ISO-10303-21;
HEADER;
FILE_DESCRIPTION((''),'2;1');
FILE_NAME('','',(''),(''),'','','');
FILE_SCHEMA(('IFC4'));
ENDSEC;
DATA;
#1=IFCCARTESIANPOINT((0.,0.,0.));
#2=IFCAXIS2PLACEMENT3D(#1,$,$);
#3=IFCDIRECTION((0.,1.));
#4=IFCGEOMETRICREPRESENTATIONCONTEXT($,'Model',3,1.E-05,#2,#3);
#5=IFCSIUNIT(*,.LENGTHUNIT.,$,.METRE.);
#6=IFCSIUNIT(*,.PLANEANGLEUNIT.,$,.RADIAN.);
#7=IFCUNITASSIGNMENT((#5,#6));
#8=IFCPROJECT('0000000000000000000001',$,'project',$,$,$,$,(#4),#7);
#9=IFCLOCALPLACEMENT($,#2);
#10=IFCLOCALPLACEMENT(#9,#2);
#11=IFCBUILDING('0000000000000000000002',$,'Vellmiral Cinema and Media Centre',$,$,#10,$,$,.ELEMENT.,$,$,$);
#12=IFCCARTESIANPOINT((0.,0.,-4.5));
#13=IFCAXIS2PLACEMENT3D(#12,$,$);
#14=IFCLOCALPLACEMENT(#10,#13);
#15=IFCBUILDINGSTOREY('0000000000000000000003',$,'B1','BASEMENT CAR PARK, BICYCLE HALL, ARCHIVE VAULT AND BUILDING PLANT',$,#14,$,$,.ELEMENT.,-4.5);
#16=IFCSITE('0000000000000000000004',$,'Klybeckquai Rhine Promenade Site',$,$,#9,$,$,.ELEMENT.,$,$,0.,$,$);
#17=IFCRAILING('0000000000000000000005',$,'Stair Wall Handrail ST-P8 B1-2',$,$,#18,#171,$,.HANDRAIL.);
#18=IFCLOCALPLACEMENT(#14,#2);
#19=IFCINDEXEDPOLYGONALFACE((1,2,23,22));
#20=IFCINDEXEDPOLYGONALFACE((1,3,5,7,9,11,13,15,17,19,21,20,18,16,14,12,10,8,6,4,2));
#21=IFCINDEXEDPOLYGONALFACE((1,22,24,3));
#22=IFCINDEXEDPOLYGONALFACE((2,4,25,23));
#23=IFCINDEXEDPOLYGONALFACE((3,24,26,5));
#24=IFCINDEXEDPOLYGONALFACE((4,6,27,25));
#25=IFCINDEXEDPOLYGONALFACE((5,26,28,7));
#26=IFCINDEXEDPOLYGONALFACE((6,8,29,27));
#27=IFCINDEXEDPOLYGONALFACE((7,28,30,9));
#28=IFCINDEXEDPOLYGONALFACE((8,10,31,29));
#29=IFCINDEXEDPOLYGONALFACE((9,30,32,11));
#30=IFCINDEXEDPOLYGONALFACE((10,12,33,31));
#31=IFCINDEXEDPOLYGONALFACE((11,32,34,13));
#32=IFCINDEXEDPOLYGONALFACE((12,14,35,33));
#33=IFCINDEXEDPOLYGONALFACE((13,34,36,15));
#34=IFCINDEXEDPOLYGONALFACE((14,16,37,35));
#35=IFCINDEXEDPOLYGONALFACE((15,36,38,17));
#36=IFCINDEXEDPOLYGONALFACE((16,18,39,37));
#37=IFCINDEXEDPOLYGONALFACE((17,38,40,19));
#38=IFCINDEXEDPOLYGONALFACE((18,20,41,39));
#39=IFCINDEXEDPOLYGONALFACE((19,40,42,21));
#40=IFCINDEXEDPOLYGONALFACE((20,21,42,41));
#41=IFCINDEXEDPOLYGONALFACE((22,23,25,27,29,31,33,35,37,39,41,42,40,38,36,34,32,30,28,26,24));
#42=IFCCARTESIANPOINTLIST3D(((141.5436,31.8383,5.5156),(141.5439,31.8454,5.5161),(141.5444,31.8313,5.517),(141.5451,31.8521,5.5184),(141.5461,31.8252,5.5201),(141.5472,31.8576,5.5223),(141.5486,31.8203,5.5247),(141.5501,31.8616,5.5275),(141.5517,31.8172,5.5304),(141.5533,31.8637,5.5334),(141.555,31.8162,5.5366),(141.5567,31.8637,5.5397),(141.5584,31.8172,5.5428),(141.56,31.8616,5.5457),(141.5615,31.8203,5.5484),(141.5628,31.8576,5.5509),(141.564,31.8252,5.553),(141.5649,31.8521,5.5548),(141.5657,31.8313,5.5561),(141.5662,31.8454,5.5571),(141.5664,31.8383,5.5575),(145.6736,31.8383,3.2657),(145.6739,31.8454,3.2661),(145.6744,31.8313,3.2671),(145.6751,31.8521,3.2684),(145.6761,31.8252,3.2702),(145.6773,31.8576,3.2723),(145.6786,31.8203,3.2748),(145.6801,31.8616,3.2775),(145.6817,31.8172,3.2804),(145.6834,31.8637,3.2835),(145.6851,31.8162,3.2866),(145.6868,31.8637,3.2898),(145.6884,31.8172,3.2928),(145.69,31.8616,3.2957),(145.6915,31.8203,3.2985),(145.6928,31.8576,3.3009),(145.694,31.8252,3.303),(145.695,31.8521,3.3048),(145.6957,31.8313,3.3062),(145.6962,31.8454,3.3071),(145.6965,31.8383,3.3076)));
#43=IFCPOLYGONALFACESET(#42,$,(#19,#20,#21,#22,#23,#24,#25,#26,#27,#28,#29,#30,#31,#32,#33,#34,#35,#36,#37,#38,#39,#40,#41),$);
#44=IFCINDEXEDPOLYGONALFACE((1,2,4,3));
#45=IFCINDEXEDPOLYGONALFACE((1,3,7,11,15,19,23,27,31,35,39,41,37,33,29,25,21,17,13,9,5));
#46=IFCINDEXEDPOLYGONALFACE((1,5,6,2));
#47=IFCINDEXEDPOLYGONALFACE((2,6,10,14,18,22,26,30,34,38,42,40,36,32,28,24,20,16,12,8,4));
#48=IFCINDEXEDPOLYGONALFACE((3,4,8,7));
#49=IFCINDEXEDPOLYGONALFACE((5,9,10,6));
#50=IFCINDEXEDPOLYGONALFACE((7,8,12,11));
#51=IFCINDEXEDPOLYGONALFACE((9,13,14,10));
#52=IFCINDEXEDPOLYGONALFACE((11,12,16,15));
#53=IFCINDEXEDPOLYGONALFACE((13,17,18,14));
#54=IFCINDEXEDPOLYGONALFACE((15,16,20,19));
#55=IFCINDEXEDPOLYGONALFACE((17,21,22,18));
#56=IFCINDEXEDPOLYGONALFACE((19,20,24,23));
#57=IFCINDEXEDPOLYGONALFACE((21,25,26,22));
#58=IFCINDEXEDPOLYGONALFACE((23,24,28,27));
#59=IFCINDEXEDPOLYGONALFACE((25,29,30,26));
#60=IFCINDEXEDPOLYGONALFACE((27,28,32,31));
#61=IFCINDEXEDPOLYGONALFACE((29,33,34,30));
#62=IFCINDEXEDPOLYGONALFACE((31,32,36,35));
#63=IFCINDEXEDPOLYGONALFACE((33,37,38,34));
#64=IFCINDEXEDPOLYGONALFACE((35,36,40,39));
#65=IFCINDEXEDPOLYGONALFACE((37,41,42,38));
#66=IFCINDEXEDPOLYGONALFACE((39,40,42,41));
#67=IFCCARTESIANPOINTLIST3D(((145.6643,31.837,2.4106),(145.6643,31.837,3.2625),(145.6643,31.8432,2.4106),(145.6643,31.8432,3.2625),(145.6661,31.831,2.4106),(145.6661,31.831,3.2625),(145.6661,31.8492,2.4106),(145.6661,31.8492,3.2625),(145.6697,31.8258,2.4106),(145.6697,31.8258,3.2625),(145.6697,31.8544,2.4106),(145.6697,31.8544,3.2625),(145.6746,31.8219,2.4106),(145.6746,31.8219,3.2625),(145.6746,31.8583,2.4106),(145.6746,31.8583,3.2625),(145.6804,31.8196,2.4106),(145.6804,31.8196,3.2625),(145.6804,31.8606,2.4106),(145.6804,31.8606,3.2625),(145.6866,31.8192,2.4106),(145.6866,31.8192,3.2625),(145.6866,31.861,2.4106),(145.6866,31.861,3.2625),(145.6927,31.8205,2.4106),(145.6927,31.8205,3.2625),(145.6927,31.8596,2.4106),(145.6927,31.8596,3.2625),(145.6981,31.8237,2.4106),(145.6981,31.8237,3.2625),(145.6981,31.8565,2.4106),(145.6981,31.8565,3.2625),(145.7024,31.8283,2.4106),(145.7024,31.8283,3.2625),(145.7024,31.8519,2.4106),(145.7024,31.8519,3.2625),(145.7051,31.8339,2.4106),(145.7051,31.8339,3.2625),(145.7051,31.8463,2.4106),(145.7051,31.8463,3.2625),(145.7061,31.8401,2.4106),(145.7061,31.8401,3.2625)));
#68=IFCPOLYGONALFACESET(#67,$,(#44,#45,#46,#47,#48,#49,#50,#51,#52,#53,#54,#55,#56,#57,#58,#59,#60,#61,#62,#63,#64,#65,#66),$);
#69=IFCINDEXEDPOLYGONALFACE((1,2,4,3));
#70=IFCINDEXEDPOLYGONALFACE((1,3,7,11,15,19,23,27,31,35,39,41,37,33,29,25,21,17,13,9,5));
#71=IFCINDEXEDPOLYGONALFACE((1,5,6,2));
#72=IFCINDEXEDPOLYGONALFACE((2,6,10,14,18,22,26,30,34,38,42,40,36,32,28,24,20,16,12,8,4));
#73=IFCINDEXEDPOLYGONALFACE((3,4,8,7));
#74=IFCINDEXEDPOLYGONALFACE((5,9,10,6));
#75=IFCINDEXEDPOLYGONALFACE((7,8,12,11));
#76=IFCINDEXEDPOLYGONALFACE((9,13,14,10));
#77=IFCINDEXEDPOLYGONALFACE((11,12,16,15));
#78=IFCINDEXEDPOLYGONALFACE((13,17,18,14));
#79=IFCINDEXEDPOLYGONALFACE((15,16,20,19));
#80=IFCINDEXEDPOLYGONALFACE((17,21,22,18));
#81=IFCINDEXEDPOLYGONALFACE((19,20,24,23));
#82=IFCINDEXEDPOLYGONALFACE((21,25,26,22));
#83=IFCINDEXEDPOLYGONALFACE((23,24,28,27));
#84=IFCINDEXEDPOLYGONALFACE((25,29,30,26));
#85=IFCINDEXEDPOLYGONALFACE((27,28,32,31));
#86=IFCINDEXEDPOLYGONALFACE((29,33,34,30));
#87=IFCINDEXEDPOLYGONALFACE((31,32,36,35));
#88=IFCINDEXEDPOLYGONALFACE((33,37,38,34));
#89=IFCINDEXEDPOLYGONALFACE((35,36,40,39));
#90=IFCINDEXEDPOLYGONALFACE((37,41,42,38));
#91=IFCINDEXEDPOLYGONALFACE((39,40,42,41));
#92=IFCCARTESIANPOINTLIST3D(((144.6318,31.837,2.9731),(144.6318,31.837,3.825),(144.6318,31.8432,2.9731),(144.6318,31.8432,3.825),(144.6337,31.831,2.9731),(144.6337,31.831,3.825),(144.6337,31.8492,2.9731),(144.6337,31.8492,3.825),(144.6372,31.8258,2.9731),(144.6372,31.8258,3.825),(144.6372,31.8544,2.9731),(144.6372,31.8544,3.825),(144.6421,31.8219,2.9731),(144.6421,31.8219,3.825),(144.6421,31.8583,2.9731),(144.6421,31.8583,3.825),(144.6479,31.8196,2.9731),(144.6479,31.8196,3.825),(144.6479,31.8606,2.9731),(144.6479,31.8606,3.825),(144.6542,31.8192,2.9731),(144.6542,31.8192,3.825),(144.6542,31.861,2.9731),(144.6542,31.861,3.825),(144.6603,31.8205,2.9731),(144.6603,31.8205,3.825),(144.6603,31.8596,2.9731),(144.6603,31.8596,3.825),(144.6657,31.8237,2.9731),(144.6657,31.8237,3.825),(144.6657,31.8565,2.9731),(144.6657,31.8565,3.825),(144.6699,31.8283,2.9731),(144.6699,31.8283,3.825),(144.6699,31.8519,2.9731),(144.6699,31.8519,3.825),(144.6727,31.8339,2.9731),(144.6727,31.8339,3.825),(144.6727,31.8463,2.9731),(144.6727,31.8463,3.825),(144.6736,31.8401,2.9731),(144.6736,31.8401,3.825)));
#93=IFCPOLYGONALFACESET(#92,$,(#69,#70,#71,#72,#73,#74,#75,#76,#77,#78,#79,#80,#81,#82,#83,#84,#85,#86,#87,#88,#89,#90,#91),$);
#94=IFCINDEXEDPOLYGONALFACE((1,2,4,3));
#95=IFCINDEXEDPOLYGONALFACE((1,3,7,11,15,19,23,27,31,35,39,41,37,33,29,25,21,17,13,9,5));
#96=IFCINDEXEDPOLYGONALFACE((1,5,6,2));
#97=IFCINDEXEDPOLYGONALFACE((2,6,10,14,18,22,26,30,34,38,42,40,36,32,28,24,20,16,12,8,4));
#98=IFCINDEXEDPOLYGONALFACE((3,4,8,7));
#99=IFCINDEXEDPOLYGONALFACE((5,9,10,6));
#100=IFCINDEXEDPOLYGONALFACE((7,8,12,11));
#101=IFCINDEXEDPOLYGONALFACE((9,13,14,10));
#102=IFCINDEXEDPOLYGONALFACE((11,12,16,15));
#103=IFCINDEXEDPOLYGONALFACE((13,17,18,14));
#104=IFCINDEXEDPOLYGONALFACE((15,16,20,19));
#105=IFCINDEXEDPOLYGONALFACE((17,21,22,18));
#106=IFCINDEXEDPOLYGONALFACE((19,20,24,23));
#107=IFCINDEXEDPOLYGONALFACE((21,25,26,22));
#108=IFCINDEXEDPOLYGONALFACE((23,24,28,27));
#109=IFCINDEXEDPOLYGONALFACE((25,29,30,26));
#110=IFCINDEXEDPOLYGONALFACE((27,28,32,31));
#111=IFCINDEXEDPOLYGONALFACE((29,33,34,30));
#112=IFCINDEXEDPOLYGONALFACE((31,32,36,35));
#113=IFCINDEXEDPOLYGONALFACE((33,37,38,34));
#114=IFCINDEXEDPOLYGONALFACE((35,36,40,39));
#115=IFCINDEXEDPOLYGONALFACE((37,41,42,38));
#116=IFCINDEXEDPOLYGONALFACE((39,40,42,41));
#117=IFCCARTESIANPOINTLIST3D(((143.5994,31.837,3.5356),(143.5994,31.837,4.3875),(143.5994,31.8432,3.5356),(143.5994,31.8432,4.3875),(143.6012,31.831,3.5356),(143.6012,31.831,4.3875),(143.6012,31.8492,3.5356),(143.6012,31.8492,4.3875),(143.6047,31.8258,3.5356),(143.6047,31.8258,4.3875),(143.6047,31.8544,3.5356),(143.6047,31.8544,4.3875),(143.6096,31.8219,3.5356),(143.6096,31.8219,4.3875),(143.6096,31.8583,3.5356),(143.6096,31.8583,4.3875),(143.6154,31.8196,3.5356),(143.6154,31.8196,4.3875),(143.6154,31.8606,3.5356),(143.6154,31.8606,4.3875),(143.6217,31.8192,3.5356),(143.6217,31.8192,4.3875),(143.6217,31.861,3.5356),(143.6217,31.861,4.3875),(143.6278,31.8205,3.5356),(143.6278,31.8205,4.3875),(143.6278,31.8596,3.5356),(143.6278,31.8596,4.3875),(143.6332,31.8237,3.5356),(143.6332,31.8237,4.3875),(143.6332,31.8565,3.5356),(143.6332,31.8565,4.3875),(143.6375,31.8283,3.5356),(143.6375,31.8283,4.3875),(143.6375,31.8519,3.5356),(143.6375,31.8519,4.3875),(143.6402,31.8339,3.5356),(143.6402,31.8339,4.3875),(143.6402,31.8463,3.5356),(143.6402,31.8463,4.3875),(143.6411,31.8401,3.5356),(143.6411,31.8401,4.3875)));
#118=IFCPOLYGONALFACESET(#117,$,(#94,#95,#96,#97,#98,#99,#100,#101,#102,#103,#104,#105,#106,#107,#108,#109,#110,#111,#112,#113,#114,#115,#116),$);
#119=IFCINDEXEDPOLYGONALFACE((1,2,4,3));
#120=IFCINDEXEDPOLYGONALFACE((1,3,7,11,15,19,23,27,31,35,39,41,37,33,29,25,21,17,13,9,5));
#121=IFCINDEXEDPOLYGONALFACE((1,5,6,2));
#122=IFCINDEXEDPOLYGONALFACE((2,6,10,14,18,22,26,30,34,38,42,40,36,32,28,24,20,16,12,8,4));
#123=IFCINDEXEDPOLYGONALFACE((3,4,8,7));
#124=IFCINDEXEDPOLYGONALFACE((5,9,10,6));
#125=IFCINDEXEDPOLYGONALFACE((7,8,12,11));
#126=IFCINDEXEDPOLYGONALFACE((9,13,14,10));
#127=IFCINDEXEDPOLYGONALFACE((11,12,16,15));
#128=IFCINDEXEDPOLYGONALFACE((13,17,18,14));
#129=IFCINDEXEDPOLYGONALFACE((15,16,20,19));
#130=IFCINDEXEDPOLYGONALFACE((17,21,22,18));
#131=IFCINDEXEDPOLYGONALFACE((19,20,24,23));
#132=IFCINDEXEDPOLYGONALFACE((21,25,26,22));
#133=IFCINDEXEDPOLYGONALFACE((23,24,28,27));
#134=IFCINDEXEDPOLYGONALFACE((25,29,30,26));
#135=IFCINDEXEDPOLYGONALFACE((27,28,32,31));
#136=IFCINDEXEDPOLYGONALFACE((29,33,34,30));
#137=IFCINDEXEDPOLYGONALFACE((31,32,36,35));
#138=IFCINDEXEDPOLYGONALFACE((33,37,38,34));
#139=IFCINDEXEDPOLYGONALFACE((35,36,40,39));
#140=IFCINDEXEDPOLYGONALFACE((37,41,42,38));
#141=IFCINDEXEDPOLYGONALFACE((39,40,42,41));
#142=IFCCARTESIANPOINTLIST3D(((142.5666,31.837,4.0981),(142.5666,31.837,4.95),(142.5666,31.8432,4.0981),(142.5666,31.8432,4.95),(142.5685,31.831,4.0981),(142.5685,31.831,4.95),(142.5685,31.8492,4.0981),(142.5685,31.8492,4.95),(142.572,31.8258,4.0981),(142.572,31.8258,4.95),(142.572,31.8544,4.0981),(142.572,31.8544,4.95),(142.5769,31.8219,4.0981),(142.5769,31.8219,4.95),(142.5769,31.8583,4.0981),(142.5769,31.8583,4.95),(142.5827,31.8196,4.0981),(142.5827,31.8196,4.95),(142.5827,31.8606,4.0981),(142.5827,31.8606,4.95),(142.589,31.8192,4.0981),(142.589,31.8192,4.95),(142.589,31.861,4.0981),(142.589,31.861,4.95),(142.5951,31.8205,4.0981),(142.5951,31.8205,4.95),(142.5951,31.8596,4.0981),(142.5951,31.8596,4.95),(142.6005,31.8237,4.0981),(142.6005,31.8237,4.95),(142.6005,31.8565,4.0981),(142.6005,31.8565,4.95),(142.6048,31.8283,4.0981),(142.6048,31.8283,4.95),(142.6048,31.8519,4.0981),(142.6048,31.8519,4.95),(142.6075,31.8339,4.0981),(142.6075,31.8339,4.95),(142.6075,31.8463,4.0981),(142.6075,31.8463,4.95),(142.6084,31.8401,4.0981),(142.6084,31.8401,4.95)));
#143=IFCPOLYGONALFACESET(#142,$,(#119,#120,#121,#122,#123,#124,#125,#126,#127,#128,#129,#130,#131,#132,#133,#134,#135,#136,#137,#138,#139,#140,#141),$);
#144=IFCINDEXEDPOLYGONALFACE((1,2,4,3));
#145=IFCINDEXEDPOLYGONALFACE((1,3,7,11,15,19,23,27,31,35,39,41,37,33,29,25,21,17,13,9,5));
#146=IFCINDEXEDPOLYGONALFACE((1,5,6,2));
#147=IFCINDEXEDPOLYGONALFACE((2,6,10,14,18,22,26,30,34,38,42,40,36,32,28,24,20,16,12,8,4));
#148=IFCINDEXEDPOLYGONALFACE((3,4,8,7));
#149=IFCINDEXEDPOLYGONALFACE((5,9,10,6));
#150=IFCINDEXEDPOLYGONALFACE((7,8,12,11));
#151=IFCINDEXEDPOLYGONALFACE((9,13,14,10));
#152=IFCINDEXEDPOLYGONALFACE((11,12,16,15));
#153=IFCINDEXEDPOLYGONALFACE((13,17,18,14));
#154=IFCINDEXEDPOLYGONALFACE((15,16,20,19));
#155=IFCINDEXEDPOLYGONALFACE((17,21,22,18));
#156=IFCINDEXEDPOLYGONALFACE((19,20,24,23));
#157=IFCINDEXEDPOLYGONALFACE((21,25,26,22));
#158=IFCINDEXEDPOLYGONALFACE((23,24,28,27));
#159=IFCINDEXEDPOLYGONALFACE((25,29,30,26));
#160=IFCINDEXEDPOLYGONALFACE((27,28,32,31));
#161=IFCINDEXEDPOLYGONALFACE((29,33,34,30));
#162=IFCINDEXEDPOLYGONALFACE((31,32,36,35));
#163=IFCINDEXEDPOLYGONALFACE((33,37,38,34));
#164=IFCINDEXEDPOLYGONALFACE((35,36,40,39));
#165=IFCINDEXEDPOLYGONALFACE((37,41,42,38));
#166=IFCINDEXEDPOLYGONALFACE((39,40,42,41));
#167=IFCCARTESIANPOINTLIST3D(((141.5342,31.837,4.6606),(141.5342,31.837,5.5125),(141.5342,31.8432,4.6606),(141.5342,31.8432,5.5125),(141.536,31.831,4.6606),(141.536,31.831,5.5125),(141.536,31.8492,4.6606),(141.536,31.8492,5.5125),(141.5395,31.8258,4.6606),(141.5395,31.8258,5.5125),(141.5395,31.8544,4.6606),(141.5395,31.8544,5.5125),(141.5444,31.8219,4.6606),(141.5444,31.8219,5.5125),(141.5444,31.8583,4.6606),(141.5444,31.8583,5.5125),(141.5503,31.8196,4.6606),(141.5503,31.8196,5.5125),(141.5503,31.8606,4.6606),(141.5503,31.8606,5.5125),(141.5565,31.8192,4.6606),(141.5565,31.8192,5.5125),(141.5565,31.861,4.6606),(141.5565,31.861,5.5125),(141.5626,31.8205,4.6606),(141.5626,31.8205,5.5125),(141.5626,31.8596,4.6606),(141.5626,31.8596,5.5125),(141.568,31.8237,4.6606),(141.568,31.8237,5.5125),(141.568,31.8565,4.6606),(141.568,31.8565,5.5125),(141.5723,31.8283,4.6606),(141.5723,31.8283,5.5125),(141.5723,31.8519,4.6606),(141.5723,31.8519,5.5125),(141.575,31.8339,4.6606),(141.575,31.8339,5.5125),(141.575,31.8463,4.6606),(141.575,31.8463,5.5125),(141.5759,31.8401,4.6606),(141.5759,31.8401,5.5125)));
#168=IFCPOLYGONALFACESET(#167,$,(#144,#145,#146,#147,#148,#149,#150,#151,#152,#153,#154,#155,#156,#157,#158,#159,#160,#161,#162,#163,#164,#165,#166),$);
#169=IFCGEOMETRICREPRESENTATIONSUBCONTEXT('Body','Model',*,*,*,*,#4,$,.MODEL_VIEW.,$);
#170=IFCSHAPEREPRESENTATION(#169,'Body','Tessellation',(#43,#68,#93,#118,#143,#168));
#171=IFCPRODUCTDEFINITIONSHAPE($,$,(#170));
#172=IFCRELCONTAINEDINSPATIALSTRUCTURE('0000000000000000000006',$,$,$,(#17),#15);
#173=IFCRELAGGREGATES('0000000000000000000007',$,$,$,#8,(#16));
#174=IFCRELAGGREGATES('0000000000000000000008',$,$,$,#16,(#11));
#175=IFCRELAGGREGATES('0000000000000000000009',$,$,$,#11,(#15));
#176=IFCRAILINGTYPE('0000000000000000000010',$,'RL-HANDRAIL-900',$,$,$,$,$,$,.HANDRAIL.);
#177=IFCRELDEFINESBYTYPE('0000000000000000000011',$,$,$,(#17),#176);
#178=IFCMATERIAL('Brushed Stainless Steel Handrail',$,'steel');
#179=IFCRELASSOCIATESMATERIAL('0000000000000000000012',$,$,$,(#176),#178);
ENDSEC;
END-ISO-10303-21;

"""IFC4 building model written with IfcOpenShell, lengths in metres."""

from ifc_helpers import new_model, si_unit, direction, frame, origin, origin_2d, place, context, subcontext, project, spatial, circle, extrude, material, type_object, element, save


model = new_model("IFC4")

# Units and contexts
model_context = context("Model", 3, precision=1e-05, world=origin(), true_north=direction((0.0, 1.0)))
body_context = subcontext(model_context, "Body", "Model", "MODEL_VIEW")
ifc_project = project(units=[si_unit("LENGTHUNIT", "METRE"), si_unit("PLANEANGLEUNIT", "RADIAN")], contexts=[model_context])

# Site, building, storey
site_placement = place(None, origin())
site = spatial("IfcSite", under=ifc_project, at=site_placement, Name="Klybeckquai Rhine Promenade Site", CompositionType="ELEMENT", RefElevation=0.0)
building_placement = place(site_placement, origin())
building = spatial("IfcBuilding", under=site, at=building_placement, Name="Vellmiral Cinema and Media Centre", CompositionType="ELEMENT")
storey_placement = place(building_placement, frame((0.0, 0.0, -4.5)))
storey = spatial("IfcBuildingStorey", under=building, at=storey_placement, Name="B1", Description="BASEMENT CAR PARK, BICYCLE HALL, ARCHIVE VAULT AND BUILDING PLANT", CompositionType="ELEMENT", Elevation=-4.5)

# Railing
ifc_material_1 = material(Name="Brushed Stainless Steel Handrail", Category="steel")
railing_type_1 = type_object("IfcRailingType", Name="RL-HANDRAIL-900", PredefinedType="HANDRAIL", material=ifc_material_1)
railing_1_placement = place(storey_placement, frame((145.6851, 31.8401, 2.4106)))
element("IfcRailing", 1, at=railing_1_placement, inside=storey, type_object=railing_type_1, Name="Stair Wall Handrail ST-P8 B1-2", PredefinedType="HANDRAIL", context=body_context, shape_type="SweptSolid", body=[
    extrude(circle(Radius=0.0239, at=origin_2d()), frame((0.0, 0.0, 0.876), z_axis=(-0.878145, 0.0, 0.478394), x_axis=(0.0, -1.0, 0.0)), (0.0, 0.0, 1.0), 4.7031),
    extrude(circle(Radius=0.021, at=origin_2d()), origin(), (0.0, 0.0, 1.0), 0.8518),
    extrude(circle(Radius=0.021, at=origin_2d()), frame((-1.0325, 0.0, 0.5625)), (0.0, 0.0, 1.0), 0.8518),
    extrude(circle(Radius=0.021, at=origin_2d()), frame((-2.0649, 0.0, 1.125)), (0.0, 0.0, 1.0), 0.8518),
    extrude(circle(Radius=0.021, at=origin_2d()), frame((-3.0977, 0.0, 1.6875)), (0.0, 0.0, 1.0), 0.8518),
    extrude(circle(Radius=0.021, at=origin_2d()), frame((-4.1301, 0.0, 2.25)), (0.0, 0.0, 1.0), 0.8518),
])

save(model, "model.ifc")
